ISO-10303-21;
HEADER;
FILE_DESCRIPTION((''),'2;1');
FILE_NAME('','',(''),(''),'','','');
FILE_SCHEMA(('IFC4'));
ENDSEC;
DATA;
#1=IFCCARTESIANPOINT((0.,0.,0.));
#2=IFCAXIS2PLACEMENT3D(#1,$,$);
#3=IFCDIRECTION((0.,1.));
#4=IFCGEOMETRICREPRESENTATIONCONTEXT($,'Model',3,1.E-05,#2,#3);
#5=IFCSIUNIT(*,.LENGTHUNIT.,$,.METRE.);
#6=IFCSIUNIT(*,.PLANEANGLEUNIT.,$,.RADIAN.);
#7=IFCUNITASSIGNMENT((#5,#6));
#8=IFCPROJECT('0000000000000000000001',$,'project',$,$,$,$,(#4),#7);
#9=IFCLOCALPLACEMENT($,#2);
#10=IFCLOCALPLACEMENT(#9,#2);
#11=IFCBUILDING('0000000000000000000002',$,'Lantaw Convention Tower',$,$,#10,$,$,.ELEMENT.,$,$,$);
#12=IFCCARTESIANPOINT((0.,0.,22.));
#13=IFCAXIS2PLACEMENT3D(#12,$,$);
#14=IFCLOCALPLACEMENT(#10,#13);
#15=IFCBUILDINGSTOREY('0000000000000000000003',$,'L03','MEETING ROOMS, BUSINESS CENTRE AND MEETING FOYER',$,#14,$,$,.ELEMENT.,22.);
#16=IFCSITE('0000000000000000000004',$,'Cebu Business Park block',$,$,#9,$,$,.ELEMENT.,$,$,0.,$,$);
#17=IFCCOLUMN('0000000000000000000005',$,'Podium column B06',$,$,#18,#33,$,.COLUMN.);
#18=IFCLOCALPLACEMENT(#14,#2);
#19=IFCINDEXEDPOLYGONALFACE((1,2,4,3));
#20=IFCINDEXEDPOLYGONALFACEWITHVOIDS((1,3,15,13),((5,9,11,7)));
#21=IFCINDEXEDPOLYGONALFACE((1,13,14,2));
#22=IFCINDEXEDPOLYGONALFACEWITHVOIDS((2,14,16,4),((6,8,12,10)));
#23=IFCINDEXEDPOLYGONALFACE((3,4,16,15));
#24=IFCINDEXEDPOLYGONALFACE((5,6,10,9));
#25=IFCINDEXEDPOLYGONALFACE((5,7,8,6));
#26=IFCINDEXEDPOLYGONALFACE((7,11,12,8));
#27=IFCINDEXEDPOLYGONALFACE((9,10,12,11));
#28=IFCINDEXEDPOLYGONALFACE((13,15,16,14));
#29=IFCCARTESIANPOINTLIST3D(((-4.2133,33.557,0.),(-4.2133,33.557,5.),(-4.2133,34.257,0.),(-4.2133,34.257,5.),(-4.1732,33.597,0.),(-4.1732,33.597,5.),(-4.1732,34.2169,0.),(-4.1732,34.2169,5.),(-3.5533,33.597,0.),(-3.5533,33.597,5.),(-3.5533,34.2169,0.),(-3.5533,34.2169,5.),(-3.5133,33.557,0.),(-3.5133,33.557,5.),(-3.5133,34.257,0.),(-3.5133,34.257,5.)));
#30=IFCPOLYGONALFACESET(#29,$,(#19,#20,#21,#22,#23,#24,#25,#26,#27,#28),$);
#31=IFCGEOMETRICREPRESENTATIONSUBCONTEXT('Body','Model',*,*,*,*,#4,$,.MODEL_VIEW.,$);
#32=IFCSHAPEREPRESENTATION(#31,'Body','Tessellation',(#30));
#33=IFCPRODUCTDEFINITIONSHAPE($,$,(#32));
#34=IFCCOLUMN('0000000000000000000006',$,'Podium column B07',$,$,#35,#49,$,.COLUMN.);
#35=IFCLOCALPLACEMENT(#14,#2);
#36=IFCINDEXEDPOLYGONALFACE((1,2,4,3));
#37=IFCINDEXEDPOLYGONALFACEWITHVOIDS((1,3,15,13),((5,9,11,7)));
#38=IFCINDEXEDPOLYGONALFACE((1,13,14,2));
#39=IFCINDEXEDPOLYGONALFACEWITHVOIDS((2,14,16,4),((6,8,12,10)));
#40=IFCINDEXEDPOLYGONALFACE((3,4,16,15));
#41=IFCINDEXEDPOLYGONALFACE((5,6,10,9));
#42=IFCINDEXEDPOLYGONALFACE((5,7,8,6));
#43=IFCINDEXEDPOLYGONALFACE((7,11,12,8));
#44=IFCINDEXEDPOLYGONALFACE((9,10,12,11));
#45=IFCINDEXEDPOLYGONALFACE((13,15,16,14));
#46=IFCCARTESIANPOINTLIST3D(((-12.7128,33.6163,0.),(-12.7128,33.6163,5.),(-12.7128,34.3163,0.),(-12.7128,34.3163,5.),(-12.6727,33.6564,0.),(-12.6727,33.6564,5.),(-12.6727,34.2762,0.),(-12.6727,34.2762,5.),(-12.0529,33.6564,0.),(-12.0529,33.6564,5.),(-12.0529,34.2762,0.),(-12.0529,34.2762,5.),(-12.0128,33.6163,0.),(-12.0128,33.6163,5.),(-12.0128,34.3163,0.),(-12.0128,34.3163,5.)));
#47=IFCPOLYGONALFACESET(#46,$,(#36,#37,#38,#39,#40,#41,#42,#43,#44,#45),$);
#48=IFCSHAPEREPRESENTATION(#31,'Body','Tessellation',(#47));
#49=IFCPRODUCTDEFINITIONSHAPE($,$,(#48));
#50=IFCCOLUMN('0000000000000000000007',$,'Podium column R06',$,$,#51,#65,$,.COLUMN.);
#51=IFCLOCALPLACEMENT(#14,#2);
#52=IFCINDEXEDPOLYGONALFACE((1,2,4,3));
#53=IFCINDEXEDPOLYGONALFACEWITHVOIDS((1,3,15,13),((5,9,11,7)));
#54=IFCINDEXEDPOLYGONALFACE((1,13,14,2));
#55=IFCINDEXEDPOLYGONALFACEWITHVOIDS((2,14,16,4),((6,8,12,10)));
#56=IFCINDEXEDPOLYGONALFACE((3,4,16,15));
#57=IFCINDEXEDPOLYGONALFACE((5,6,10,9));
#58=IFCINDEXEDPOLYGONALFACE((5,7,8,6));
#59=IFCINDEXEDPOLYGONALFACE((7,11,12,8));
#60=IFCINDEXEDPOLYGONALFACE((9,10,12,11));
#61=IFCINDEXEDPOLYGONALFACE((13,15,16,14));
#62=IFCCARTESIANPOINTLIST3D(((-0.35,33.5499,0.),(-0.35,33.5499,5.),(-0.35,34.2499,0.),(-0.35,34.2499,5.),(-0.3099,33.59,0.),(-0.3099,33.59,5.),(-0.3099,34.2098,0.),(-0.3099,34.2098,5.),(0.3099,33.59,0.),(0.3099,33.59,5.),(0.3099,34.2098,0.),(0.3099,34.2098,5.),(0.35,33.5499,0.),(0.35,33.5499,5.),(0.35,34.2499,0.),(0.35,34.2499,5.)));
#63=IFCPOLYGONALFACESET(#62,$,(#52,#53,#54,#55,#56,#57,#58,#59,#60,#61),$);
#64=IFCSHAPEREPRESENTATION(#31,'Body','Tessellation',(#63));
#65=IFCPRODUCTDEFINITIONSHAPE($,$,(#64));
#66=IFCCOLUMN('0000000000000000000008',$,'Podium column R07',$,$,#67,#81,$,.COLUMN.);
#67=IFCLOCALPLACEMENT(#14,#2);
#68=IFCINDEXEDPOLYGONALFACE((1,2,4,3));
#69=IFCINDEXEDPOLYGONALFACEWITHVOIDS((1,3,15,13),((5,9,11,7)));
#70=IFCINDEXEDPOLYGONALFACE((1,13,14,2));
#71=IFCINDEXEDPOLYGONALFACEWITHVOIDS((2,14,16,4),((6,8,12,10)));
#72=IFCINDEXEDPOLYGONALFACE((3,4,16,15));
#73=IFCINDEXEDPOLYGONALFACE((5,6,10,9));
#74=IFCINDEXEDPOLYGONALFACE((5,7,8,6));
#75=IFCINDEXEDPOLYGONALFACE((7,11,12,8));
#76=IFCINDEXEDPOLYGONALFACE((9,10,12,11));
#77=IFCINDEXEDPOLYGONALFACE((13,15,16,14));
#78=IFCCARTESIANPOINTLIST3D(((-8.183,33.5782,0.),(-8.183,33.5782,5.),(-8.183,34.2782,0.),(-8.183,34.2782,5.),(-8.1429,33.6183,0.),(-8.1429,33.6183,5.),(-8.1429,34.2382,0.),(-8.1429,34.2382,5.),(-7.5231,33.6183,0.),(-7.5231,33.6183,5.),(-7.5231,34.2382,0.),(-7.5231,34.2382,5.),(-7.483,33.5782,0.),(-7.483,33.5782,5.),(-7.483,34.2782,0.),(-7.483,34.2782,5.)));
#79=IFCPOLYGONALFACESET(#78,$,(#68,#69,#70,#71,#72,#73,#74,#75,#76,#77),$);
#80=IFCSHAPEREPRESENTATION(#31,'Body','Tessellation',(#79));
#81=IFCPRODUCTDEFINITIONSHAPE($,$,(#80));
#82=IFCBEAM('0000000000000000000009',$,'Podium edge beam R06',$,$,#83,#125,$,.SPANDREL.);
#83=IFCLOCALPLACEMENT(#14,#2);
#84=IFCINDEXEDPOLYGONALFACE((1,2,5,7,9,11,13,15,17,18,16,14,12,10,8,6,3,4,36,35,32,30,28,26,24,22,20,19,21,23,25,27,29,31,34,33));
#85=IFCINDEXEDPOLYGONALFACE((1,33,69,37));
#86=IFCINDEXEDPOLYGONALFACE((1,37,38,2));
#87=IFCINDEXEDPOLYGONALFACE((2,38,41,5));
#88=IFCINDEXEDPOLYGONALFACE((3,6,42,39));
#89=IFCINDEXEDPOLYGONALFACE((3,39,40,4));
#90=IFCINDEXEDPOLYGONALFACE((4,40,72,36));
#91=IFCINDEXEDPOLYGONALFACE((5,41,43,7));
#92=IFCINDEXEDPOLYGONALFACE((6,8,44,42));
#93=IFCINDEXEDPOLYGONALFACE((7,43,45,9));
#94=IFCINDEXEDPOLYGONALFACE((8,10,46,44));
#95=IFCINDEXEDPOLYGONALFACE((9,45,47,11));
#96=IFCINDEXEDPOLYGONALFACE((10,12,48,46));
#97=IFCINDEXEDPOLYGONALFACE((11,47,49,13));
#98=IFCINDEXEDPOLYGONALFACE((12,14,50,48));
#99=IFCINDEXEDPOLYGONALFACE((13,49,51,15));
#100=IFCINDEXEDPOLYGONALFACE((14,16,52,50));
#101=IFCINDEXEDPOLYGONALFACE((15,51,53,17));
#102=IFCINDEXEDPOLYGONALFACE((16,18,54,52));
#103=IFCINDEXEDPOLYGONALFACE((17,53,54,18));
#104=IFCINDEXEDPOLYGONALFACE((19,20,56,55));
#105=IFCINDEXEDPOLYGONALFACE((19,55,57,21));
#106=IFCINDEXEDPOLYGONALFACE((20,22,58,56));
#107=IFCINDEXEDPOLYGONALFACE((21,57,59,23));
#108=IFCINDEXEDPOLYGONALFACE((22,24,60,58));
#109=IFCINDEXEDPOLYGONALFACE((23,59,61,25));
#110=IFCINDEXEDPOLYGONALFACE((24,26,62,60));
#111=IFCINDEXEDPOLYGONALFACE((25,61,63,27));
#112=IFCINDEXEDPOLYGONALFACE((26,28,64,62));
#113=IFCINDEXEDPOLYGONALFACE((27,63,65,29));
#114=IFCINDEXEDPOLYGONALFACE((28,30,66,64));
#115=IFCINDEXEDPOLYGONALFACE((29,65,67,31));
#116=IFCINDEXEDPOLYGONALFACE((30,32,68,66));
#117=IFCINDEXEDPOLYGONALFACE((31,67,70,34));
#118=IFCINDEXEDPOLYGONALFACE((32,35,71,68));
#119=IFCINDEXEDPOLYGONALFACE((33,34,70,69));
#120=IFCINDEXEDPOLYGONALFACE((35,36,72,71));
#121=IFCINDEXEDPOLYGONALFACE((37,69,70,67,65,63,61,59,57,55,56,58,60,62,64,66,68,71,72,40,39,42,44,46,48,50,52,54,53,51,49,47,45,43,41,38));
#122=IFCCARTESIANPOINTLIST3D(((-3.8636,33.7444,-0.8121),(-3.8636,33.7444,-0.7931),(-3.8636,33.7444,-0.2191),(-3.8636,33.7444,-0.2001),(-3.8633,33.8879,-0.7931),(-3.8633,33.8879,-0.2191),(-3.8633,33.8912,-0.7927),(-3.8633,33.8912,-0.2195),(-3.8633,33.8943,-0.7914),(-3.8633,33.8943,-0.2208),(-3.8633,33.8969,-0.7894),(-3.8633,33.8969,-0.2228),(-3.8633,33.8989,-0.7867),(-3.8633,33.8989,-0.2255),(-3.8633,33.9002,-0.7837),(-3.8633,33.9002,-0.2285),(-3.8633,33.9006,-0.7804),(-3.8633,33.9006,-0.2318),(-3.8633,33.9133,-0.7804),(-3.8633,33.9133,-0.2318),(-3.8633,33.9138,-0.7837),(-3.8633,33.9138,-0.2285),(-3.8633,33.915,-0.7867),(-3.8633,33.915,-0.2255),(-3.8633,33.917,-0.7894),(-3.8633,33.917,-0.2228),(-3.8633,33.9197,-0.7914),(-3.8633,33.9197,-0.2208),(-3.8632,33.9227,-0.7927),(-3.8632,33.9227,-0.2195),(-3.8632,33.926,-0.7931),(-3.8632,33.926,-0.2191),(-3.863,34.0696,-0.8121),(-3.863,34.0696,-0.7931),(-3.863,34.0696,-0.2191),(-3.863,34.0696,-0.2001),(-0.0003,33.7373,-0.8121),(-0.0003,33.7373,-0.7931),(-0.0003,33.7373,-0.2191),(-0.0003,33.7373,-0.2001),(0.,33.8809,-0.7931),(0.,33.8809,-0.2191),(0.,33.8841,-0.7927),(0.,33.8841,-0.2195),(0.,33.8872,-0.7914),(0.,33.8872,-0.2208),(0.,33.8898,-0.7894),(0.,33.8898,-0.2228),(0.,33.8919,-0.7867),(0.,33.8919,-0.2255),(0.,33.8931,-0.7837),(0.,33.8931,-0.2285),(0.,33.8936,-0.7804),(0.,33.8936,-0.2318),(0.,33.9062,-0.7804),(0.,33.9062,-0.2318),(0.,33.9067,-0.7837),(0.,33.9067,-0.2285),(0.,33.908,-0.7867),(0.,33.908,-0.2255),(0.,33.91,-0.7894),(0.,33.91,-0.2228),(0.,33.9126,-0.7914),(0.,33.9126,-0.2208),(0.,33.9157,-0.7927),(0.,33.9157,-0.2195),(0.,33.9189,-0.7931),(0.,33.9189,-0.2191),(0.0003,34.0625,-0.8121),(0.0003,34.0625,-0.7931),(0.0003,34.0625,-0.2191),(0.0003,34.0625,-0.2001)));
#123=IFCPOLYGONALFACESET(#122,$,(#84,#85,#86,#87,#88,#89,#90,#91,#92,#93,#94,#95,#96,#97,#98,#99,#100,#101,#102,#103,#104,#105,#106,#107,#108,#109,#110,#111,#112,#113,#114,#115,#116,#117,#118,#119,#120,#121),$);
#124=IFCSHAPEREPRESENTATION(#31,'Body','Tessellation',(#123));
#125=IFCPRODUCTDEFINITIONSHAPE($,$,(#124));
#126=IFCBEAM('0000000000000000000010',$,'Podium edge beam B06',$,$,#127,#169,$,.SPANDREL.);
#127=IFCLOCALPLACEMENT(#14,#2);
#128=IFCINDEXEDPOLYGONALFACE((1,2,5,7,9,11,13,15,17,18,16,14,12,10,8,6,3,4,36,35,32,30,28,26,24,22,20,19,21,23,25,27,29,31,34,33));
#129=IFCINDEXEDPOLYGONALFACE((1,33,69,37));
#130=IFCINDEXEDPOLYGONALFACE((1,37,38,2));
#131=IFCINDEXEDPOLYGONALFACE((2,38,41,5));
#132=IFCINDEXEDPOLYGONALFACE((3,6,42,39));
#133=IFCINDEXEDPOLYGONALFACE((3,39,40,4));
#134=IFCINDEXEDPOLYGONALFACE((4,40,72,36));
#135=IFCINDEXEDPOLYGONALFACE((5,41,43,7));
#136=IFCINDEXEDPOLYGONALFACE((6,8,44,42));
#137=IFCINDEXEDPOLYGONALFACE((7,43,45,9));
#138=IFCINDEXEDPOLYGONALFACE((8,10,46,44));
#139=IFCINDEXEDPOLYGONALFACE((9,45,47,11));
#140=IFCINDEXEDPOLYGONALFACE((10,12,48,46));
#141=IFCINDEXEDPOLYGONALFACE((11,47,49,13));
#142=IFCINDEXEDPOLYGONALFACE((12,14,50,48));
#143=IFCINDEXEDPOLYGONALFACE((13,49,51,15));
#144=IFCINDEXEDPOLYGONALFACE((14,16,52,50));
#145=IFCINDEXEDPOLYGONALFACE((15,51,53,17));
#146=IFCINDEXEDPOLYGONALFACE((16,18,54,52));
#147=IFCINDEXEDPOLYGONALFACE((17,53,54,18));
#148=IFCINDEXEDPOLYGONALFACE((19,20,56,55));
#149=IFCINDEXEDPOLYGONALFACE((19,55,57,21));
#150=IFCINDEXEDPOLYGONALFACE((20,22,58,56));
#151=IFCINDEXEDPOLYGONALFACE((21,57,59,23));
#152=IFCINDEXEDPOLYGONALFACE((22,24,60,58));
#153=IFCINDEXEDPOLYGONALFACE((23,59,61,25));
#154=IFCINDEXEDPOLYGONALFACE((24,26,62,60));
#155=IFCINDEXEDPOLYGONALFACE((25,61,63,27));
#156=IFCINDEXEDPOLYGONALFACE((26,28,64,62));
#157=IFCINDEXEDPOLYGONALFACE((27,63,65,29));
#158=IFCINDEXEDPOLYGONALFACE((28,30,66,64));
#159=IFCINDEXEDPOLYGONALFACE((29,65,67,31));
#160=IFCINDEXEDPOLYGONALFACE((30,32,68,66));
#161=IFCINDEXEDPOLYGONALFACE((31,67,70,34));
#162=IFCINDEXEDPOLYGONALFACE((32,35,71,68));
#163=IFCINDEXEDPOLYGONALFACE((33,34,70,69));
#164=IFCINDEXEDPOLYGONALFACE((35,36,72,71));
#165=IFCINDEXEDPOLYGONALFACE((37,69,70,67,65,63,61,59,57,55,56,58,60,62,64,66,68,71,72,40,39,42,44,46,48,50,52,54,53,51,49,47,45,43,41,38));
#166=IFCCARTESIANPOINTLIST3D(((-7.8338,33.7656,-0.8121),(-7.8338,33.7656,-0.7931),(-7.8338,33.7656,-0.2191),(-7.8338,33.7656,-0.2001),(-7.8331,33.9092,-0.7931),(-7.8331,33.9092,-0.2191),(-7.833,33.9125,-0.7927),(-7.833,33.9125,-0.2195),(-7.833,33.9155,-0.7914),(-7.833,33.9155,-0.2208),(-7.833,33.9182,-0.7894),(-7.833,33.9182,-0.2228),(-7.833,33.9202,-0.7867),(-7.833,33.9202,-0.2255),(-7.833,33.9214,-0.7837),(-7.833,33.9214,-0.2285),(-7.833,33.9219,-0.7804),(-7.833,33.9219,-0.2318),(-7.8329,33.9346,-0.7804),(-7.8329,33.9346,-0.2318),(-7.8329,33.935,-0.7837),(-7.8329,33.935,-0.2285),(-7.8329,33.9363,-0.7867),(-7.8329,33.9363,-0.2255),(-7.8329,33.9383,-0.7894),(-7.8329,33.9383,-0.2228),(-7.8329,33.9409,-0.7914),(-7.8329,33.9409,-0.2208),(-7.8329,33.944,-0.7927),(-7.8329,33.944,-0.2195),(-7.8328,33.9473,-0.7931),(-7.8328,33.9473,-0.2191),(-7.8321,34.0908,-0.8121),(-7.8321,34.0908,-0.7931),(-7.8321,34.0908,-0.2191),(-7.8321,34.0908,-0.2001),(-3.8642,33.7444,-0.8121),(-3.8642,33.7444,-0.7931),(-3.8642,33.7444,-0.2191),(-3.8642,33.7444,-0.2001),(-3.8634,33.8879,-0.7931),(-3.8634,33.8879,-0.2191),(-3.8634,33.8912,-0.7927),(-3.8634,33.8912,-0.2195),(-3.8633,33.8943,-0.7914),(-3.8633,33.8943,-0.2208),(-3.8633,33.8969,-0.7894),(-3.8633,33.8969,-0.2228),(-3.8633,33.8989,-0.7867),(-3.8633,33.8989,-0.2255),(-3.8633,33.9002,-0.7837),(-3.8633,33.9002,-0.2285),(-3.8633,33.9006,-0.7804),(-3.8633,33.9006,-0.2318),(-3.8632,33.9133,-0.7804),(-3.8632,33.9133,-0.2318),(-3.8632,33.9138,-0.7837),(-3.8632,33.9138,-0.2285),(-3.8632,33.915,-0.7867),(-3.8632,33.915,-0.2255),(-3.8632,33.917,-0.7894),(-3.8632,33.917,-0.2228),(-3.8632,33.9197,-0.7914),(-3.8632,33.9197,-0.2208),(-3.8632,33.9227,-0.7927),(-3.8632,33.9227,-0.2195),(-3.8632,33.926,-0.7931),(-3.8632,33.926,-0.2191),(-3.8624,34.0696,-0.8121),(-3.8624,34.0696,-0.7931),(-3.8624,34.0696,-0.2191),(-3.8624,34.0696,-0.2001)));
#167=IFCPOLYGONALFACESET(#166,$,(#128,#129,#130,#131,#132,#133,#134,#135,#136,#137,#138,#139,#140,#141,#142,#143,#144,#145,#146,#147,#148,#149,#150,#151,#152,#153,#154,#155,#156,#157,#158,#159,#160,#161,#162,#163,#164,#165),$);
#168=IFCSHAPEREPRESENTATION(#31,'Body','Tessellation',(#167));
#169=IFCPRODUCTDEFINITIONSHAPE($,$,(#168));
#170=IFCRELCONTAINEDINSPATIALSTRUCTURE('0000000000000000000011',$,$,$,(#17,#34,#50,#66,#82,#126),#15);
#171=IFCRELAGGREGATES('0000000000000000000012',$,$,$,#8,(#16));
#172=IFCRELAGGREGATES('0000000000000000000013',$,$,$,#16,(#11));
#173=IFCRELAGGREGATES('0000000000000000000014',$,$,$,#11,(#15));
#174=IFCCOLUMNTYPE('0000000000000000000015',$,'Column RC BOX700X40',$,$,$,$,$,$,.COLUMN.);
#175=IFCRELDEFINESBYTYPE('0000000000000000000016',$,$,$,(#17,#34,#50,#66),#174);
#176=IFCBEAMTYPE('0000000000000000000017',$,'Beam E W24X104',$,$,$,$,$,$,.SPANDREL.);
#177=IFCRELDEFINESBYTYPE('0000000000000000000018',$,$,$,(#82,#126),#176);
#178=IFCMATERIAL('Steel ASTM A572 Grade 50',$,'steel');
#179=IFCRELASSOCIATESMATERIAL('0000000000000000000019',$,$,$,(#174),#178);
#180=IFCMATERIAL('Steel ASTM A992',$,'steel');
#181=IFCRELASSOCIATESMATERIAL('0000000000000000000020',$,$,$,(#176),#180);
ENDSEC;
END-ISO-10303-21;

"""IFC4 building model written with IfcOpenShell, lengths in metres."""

from ifc_helpers import new_model, si_unit, direction, frame, origin, origin_2d, place, context, subcontext, project, spatial, hollow_rectangle, i_section, extrude, material, material_profile, profile_set, type_object, element, save


model = new_model("IFC4")

# Units and contexts
model_context = context("Model", 3, precision=1e-05, world=origin(), true_north=direction((0.0, 1.0)))
body_context = subcontext(model_context, "Body", "Model", "MODEL_VIEW")
ifc_project = project(units=[si_unit("LENGTHUNIT", "METRE"), si_unit("PLANEANGLEUNIT", "RADIAN")], contexts=[model_context])

# Site, building, storey
site_placement = place(None, origin())
site = spatial("IfcSite", under=ifc_project, at=site_placement, Name="Cebu Business Park block", CompositionType="ELEMENT", RefElevation=0.0)
building_placement = place(site_placement, origin())
building = spatial("IfcBuilding", under=site, at=building_placement, Name="Lantaw Convention Tower", CompositionType="ELEMENT")
storey_placement = place(building_placement, frame((0.0, 0.0, 22.0)))
storey = spatial("IfcBuildingStorey", under=building, at=storey_placement, Name="L03", Description="MEETING ROOMS, BUSINESS CENTRE AND MEETING FOYER", CompositionType="ELEMENT", Elevation=22.0)

# Columns
ifc_material_1 = material(Name="Steel ASTM A572 Grade 50", Category="steel")
ifc_material_profile_1 = material_profile(ifc_material_1, hollow_rectangle(XDim=0.7, YDim=0.7, WallThickness=0.04, at=origin_2d()), Name="BOX700X40")
ifc_profile_set_1 = profile_set([ifc_material_profile_1], Name="Steel ASTM A572 Grade 50")
column_type = type_object("IfcColumnType", Name="Column RC BOX700X40", PredefinedType="COLUMN", material=ifc_profile_set_1)
for number, where, z_axis, x_axis, name in (
    (1, (-3.8633, 33.907, 0.0), (0.0, 0.0, 1.0), (1.0, 0.0, 0.0), "Podium column B06"),
    (2, (-12.3628, 33.9663, 0.0), (0.0, 0.0, 1.0), (1.0, 0.0, 0.0), "Podium column B07"),
    (3, (0.0, 33.8999, 0.0), (0.0, 0.0, 1.0), (1.0, 0.0, 0.0), "Podium column R06"),
    (4, (-7.833, 33.9282, 0.0), (0.0, 0.0, 1.0), (1.0, 0.0, 0.0), "Podium column R07"),
):
    element("IfcColumn", number, at=place(storey_placement, frame(where, z_axis=z_axis, x_axis=x_axis)), inside=storey, type_object=column_type, Name=name, PredefinedType="COLUMN", context=body_context, shape_type="SweptSolid", body=[
        extrude(hollow_rectangle(XDim=0.7, YDim=0.7, WallThickness=0.04, at=origin_2d()), origin(), (0.0, 0.0, 1.0), 5.0),
    ])

# Beams
ifc_material_2 = material(Name="Steel ASTM A992", Category="steel")
ifc_material_profile_2 = material_profile(ifc_material_2, i_section(OverallWidth=0.3252, OverallDepth=0.6121, WebThickness=0.0127, FlangeThickness=0.019, FilletRadius=0.0127, at=origin_2d()), Name="W24X104")
ifc_profile_set_2 = profile_set([ifc_material_profile_2], Name="Steel ASTM A992")
beam_type_1 = type_object("IfcBeamType", Name="Beam E W24X104", PredefinedType="SPANDREL", material=ifc_profile_set_2)
beam_1_placement = place(storey_placement, frame((0.0, 33.8999, -0.5061), z_axis=(-0.999998, 0.001833, 0.0), x_axis=(-0.001833, -0.999998, 0.0)))
element("IfcBeam", 5, at=beam_1_placement, inside=storey, type_object=beam_type_1, Name="Podium edge beam R06", PredefinedType="SPANDREL", context=body_context, shape_type="SweptSolid", body=[
    extrude(i_section(OverallWidth=0.3252, OverallDepth=0.6121, WebThickness=0.0127, FlangeThickness=0.019, FilletRadius=0.0127, at=origin_2d()), origin(), (0.0, 0.0, 1.0), 3.8633),
])
beam_2_placement = place(storey_placement, frame((-3.8633, 33.907, -0.5061), z_axis=(-0.999986, 0.00535, 0.0), x_axis=(-0.00535, -0.999986, 0.0)))
element("IfcBeam", 6, at=beam_2_placement, inside=storey, type_object=beam_type_1, Name="Podium edge beam B06", PredefinedType="SPANDREL", context=body_context, shape_type="SweptSolid", body=[
    extrude(i_section(OverallWidth=0.3252, OverallDepth=0.6121, WebThickness=0.0127, FlangeThickness=0.019, FilletRadius=0.0127, at=origin_2d()), origin(), (0.0, 0.0, 1.0), 3.9697),
])

save(model, "model.ifc")
